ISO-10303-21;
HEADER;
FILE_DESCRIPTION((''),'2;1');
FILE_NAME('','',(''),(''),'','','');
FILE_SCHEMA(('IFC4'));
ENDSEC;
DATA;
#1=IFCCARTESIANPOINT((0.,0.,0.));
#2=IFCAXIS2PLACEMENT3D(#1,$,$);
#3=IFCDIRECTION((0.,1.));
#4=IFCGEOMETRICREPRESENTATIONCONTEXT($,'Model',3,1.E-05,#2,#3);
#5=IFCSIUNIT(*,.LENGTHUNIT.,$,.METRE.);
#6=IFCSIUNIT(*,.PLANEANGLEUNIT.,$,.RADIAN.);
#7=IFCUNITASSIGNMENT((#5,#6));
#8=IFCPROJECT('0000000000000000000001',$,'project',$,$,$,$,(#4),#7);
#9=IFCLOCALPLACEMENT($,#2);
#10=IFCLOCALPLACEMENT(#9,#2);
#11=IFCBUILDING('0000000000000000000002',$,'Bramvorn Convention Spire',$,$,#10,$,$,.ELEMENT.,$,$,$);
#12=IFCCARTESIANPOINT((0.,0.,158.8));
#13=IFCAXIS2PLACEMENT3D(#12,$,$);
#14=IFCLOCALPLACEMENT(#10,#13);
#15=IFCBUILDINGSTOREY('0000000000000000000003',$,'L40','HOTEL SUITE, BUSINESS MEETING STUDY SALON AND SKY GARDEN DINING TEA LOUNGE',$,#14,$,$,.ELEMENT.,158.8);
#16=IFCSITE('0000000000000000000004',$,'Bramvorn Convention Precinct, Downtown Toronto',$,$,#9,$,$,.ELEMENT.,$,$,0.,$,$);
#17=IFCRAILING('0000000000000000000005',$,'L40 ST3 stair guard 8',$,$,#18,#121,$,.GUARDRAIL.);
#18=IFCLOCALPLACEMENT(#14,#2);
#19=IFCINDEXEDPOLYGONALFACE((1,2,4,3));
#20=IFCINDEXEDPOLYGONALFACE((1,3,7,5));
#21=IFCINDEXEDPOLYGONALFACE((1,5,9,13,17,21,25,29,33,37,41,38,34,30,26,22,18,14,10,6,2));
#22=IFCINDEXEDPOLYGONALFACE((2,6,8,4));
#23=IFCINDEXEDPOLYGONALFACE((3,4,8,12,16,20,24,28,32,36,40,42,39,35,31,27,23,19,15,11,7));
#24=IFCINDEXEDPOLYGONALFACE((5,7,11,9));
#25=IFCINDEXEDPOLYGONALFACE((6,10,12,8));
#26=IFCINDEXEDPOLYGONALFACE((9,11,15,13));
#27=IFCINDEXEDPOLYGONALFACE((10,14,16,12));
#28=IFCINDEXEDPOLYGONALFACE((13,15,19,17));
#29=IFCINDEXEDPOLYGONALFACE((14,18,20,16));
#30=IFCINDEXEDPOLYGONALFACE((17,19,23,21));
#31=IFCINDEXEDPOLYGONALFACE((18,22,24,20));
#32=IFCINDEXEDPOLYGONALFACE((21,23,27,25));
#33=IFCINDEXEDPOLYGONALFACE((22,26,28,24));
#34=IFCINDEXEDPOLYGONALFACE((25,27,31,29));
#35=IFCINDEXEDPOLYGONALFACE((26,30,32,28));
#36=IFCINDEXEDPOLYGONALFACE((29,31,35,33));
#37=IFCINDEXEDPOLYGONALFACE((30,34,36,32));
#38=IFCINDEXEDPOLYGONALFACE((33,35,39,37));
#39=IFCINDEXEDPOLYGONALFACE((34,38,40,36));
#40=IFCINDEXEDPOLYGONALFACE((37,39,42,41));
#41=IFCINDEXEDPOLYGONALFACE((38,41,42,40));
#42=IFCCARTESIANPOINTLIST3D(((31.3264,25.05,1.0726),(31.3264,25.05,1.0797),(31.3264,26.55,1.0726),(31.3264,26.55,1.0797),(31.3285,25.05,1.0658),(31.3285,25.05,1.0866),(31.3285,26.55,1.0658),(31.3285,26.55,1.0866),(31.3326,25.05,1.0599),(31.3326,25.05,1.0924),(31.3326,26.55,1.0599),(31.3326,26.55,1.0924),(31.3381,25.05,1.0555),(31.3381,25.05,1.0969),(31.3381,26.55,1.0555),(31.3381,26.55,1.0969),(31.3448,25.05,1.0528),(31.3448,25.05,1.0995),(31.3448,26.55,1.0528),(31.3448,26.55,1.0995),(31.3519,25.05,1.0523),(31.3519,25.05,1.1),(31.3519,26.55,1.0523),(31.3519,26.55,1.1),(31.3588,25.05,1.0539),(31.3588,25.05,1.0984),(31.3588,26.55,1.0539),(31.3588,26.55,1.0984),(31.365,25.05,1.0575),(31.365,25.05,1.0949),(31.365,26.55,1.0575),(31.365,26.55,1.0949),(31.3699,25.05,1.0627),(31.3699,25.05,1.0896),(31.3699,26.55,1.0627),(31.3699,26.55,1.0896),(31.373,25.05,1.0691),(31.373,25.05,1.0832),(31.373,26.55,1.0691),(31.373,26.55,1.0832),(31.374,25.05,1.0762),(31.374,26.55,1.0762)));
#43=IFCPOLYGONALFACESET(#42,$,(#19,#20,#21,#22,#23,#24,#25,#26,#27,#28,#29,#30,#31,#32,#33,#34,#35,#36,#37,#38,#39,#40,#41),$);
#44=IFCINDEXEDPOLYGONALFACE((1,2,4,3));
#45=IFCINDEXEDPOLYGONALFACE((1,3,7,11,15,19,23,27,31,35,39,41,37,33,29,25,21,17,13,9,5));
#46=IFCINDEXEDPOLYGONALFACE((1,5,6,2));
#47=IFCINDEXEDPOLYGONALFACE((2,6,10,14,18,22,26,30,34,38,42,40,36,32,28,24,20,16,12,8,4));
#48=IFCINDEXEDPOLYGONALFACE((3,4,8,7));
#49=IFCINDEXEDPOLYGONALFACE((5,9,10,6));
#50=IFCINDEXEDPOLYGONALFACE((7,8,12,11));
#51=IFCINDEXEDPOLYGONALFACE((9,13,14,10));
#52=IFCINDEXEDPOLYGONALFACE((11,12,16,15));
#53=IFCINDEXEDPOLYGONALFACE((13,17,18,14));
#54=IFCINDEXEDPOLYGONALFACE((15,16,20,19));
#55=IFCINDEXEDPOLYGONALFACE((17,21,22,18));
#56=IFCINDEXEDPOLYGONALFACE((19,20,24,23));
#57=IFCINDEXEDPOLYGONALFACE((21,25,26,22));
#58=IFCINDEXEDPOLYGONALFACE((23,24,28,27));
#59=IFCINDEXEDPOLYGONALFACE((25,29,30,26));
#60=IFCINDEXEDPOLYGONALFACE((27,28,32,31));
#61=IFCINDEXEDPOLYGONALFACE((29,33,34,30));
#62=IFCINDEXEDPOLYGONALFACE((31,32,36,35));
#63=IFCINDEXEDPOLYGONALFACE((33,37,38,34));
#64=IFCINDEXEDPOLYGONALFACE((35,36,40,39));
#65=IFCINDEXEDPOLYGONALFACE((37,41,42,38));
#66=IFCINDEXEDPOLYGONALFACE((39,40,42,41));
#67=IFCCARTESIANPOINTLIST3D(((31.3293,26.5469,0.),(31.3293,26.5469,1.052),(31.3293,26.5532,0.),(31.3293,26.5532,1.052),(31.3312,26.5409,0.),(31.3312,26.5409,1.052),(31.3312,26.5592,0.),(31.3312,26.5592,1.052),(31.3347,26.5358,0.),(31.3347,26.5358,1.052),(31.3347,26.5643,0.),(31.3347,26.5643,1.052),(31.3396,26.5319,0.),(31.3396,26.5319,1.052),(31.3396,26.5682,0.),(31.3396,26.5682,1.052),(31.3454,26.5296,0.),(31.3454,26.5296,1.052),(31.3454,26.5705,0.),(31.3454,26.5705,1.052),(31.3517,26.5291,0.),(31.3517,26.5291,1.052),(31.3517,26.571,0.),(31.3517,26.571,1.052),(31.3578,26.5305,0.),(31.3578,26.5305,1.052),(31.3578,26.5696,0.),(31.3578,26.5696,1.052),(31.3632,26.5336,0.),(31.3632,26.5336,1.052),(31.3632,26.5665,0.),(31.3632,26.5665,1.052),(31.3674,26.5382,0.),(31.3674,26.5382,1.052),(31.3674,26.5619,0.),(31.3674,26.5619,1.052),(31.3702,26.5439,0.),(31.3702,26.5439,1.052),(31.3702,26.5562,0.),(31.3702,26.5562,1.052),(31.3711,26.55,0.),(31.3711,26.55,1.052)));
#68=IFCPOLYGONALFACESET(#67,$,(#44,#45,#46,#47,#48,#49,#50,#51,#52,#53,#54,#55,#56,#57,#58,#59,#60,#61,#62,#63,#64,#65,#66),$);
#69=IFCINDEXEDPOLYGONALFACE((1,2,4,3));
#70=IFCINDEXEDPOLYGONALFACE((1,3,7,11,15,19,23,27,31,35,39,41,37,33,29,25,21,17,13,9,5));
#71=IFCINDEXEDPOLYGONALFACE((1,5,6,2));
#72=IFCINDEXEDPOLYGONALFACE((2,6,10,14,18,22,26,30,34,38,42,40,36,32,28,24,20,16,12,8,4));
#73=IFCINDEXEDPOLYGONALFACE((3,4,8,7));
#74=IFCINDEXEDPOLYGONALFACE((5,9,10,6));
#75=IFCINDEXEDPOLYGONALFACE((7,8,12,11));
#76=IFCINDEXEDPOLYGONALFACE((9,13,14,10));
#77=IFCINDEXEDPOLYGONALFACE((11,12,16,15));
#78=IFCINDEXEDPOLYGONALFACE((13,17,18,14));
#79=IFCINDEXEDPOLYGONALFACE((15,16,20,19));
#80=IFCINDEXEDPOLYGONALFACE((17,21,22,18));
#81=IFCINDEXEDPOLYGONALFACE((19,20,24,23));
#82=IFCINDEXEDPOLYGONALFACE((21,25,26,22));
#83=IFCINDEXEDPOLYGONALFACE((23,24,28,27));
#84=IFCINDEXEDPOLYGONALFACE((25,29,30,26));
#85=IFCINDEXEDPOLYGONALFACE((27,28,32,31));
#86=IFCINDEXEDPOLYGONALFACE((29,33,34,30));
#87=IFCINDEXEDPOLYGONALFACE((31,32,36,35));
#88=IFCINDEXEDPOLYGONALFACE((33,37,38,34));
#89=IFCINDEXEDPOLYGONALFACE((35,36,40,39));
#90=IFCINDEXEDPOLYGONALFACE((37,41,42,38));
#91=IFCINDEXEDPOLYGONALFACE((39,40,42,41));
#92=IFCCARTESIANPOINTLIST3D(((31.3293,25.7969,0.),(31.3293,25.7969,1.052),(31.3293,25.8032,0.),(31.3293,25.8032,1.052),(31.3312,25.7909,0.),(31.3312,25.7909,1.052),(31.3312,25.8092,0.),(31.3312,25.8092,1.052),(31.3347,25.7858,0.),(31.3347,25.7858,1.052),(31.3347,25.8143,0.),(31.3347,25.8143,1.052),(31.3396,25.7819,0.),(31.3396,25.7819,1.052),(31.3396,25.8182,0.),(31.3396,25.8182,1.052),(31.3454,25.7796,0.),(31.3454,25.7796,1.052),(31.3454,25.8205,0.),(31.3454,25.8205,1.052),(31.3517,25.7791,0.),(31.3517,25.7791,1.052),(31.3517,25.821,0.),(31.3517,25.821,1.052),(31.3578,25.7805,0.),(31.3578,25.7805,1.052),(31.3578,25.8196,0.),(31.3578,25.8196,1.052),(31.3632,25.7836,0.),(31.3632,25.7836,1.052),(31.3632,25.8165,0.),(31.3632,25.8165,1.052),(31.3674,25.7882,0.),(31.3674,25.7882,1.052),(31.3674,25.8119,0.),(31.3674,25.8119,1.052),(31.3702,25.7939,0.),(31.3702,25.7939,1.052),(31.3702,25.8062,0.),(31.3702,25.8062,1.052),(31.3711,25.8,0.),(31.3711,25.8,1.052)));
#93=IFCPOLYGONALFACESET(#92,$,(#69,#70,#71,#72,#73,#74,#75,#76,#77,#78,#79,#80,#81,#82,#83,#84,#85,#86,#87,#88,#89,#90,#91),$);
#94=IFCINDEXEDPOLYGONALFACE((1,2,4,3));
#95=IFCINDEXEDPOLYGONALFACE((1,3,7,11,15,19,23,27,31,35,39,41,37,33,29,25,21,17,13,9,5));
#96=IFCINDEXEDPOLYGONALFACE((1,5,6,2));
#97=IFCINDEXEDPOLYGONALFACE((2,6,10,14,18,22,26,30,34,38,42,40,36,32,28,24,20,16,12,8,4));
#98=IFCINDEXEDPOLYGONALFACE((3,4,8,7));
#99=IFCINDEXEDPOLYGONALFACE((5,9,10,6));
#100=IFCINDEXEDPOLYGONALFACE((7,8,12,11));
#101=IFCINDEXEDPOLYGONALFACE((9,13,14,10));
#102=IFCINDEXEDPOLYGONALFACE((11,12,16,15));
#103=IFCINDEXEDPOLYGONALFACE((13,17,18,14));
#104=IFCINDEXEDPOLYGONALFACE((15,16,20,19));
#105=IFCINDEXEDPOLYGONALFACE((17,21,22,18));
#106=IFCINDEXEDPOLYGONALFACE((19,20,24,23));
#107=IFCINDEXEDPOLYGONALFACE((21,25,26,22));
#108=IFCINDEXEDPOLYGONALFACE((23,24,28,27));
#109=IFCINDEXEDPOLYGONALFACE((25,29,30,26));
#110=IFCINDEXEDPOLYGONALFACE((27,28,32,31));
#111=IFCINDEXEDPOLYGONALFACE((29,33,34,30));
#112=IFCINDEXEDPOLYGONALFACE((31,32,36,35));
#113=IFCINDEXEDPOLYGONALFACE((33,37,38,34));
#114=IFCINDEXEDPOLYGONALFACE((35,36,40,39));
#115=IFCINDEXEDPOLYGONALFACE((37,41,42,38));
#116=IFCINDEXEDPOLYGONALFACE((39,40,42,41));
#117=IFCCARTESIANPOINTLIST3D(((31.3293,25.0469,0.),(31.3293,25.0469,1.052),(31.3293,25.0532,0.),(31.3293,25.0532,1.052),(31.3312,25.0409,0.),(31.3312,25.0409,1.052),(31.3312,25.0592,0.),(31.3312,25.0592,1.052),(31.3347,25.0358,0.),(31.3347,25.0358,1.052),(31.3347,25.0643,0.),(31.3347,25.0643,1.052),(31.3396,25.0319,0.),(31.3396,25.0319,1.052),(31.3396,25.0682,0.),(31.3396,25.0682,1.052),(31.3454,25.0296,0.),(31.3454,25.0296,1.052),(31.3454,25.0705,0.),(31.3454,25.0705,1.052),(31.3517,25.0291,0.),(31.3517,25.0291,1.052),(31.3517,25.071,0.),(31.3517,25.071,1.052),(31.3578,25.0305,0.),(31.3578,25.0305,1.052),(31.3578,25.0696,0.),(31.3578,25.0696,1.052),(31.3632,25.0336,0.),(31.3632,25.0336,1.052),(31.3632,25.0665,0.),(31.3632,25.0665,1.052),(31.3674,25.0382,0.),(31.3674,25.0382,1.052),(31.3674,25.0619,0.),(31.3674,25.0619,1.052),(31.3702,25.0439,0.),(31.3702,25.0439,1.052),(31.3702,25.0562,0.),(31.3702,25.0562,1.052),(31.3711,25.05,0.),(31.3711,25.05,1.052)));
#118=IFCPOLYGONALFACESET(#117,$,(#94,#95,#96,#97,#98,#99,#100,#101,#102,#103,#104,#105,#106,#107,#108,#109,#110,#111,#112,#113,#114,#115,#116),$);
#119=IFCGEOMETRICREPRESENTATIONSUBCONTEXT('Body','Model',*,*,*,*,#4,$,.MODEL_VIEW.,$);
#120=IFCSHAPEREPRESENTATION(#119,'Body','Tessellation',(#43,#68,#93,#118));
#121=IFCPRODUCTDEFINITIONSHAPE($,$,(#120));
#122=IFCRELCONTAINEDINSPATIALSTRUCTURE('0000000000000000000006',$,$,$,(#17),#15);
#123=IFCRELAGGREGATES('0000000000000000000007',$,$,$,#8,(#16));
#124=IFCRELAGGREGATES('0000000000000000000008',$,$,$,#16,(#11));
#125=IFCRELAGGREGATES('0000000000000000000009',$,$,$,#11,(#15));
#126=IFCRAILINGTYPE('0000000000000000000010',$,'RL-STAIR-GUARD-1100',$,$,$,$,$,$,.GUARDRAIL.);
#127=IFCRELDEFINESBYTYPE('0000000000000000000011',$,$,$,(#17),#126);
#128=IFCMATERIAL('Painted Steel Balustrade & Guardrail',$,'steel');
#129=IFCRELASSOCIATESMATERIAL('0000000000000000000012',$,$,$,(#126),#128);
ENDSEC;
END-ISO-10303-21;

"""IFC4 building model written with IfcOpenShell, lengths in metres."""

from ifc_helpers import new_model, si_unit, direction, frame, origin, origin_2d, place, context, subcontext, project, spatial, circle, extrude, material, type_object, element, save


model = new_model("IFC4")

# Units and contexts
model_context = context("Model", 3, precision=1e-05, world=origin(), true_north=direction((0.0, 1.0)))
body_context = subcontext(model_context, "Body", "Model", "MODEL_VIEW")
ifc_project = project(units=[si_unit("LENGTHUNIT", "METRE"), si_unit("PLANEANGLEUNIT", "RADIAN")], contexts=[model_context])

# Site, building, storey
site_placement = place(None, origin())
site = spatial("IfcSite", under=ifc_project, at=site_placement, Name="Bramvorn Convention Precinct, Downtown Toronto", CompositionType="ELEMENT", RefElevation=0.0)
building_placement = place(site_placement, origin())
building = spatial("IfcBuilding", under=site, at=building_placement, Name="Bramvorn Convention Spire", CompositionType="ELEMENT")
storey_placement = place(building_placement, frame((0.0, 0.0, 158.8)))
storey = spatial("IfcBuildingStorey", under=building, at=storey_placement, Name="L40", Description="HOTEL SUITE, BUSINESS MEETING STUDY SALON AND SKY GARDEN DINING TEA LOUNGE", CompositionType="ELEMENT", Elevation=158.8)

# Railing
ifc_material_1 = material(Name="Painted Steel Balustrade & Guardrail", Category="steel")
railing_type_1 = type_object("IfcRailingType", Name="RL-STAIR-GUARD-1100", PredefinedType="GUARDRAIL", material=ifc_material_1)
railing_1_placement = place(storey_placement, frame((31.3501, 26.55, 0.0)))
element("IfcRailing", 1, at=railing_1_placement, inside=storey, type_object=railing_type_1, Name="L40 ST3 stair guard 8", PredefinedType="GUARDRAIL", context=body_context, shape_type="SweptSolid", body=[
    extrude(circle(Radius=0.0239, at=origin_2d()), frame((0.0, 0.0, 1.0762), z_axis=(0.0, -1.0, 0.0), x_axis=(1.0, 0.0, 0.0)), (0.0, 0.0, 1.0), 1.5),
    extrude(circle(Radius=0.021, at=origin_2d()), origin(), (0.0, 0.0, 1.0), 1.052),
    extrude(circle(Radius=0.021, at=origin_2d()), frame((0.0, -0.75, 0.0)), (0.0, 0.0, 1.0), 1.052),
    extrude(circle(Radius=0.021, at=origin_2d()), frame((0.0, -1.5, 0.0)), (0.0, 0.0, 1.0), 1.052),
])

save(model, "model.ifc")
